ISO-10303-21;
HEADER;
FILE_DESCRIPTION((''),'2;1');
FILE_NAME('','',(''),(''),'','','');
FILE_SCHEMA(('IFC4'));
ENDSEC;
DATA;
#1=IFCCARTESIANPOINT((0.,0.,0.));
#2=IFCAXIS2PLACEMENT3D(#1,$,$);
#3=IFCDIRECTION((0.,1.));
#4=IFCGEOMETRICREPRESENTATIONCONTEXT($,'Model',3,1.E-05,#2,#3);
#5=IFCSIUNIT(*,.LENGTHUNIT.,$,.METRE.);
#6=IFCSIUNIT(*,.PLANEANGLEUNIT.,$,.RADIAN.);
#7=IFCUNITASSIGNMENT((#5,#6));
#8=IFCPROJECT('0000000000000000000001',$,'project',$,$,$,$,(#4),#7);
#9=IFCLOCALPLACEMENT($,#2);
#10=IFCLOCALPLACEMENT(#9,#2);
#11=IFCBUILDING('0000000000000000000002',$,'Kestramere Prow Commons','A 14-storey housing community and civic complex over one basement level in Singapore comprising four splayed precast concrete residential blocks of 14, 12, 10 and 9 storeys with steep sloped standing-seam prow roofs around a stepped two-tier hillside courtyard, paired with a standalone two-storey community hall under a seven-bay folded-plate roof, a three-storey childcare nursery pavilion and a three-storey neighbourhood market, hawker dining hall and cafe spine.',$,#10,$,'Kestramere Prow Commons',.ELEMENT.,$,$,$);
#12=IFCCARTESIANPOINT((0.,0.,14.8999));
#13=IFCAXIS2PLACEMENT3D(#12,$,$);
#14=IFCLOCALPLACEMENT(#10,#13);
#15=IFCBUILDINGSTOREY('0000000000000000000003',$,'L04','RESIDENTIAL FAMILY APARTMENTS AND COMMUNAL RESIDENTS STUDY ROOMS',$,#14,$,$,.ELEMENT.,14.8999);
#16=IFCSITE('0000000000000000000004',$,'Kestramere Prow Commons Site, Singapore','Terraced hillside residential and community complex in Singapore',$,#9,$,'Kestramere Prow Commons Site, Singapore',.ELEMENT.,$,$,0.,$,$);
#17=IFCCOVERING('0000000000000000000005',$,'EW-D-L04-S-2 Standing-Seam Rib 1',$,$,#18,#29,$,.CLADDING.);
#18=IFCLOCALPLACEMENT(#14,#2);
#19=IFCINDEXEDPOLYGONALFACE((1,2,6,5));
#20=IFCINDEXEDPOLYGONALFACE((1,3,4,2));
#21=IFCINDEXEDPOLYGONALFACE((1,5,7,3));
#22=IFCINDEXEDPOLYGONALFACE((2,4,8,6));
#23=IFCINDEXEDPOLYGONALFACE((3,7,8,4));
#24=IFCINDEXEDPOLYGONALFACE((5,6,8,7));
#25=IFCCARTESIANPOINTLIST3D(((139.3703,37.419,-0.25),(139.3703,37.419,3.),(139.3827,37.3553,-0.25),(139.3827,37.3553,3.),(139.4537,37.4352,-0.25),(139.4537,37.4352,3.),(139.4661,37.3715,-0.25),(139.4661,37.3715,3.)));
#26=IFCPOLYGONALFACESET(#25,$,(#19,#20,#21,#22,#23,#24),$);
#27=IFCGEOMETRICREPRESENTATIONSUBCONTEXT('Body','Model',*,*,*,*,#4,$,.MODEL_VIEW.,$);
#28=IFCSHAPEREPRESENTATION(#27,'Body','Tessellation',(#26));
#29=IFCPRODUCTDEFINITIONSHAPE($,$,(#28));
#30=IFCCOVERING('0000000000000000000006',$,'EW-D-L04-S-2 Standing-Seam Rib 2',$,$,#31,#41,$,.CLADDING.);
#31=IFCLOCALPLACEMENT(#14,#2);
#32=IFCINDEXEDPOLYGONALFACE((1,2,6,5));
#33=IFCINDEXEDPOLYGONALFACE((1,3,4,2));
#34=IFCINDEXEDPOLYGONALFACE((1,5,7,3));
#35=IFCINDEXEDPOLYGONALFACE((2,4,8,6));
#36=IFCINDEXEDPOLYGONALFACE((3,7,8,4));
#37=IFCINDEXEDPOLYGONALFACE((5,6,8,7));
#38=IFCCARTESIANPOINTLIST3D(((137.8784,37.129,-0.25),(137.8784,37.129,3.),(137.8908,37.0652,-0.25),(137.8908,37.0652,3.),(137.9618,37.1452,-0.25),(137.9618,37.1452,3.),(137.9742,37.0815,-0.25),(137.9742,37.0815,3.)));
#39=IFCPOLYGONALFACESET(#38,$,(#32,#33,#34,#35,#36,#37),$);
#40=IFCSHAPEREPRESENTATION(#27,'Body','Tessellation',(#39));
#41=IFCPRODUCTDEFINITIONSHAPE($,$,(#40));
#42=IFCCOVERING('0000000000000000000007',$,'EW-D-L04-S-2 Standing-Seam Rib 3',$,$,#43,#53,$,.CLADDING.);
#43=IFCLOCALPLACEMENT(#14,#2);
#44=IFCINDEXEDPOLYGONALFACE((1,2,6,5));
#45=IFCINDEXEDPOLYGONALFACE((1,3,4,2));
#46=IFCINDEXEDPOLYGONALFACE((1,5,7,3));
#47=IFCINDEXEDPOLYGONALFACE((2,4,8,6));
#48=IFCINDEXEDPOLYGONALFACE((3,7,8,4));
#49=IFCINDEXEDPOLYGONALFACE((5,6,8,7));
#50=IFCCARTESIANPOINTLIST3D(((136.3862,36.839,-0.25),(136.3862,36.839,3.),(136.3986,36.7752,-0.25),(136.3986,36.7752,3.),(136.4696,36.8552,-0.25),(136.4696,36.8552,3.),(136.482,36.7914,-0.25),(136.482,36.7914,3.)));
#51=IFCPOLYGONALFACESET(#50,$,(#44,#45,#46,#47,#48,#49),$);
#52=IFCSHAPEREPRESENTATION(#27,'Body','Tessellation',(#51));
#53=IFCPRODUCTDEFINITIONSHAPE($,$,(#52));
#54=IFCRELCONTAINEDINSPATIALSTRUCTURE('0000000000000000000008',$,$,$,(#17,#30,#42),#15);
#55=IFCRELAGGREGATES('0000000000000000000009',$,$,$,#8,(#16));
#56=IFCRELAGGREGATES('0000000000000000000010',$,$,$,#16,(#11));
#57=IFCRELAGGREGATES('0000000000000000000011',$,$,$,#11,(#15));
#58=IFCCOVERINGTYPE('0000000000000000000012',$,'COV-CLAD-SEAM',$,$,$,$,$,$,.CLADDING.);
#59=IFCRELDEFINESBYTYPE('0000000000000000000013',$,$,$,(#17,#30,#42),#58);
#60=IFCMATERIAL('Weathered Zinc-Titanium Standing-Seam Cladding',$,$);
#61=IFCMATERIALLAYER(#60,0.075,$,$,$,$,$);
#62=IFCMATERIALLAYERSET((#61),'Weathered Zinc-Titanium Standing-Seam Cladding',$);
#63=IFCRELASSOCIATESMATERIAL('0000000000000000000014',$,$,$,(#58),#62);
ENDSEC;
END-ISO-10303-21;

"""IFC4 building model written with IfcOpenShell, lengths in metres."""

from ifc_helpers import new_model, si_unit, direction, frame, origin, origin_2d, place, context, subcontext, project, spatial, rectangle, extrude, material, layer, layer_set, type_object, element, save


model = new_model("IFC4")

# Units and contexts
model_context = context("Model", 3, precision=1e-05, world=origin(), true_north=direction((0.0, 1.0)))
body_context = subcontext(model_context, "Body", "Model", "MODEL_VIEW")
ifc_project = project(units=[si_unit("LENGTHUNIT", "METRE"), si_unit("PLANEANGLEUNIT", "RADIAN")], contexts=[model_context])

# Site, building, storey
site_placement = place(None, origin())
site = spatial("IfcSite", under=ifc_project, at=site_placement, Name="Kestramere Prow Commons Site, Singapore", Description="Terraced hillside residential and community complex in Singapore", LongName="Kestramere Prow Commons Site, Singapore", CompositionType="ELEMENT", RefElevation=0.0)
building_placement = place(site_placement, origin())
building = spatial("IfcBuilding", under=site, at=building_placement, Name="Kestramere Prow Commons", Description="A 14-storey housing community and civic complex over one basement level in Singapore comprising four splayed precast concrete residential blocks of 14, 12, 10 and 9 storeys with steep sloped standing-seam prow roofs around a stepped two-tier hillside courtyard, paired with a standalone two-storey community hall under a seven-bay folded-plate roof, a three-storey childcare nursery pavilion and a three-storey neighbourhood market, hawker dining hall and cafe spine.", LongName="Kestramere Prow Commons", CompositionType="ELEMENT")
storey_placement = place(building_placement, frame((0.0, 0.0, 14.8999)))
storey = spatial("IfcBuildingStorey", under=building, at=storey_placement, Name="L04", Description="RESIDENTIAL FAMILY APARTMENTS AND COMMUNAL RESIDENTS STUDY ROOMS", CompositionType="ELEMENT", Elevation=14.8999)

# Coverings
ifc_material_1 = material(Name="Weathered Zinc-Titanium Standing-Seam Cladding")
ifc_layer_1 = layer(ifc_material_1, 0.075)
ifc_layer_set_1 = layer_set([ifc_layer_1], Name="Weathered Zinc-Titanium Standing-Seam Cladding")
covering_type = type_object("IfcCoveringType", Name="COV-CLAD-SEAM", PredefinedType="CLADDING", material=ifc_layer_set_1)
for number, where, z_axis, x_axis, name in (
    (1, (139.4182, 37.3953, -0.25), (0.0, 0.0, 1.0), (-0.981627, -0.190809, 0.0), "EW-D-L04-S-2 Standing-Seam Rib 1"),
    (2, (137.9263, 37.1052, -0.25), (0.0, 0.0, 1.0), (-0.981627, -0.190809, 0.0), "EW-D-L04-S-2 Standing-Seam Rib 2"),
    (3, (136.4341, 36.8152, -0.25), (0.0, 0.0, 1.0), (-0.981627, -0.190809, 0.0), "EW-D-L04-S-2 Standing-Seam Rib 3"),
):
    element("IfcCovering", number, at=place(storey_placement, frame(where, z_axis=z_axis, x_axis=x_axis)), inside=storey, type_object=covering_type, Name=name, PredefinedType="CLADDING", context=body_context, shape_type="SweptSolid", body=[
        extrude(rectangle(XDim=0.085, YDim=0.0649, at=origin_2d()), origin(), (0.0, 0.0, 1.0), 3.25),
    ])

save(model, "model.ifc")
